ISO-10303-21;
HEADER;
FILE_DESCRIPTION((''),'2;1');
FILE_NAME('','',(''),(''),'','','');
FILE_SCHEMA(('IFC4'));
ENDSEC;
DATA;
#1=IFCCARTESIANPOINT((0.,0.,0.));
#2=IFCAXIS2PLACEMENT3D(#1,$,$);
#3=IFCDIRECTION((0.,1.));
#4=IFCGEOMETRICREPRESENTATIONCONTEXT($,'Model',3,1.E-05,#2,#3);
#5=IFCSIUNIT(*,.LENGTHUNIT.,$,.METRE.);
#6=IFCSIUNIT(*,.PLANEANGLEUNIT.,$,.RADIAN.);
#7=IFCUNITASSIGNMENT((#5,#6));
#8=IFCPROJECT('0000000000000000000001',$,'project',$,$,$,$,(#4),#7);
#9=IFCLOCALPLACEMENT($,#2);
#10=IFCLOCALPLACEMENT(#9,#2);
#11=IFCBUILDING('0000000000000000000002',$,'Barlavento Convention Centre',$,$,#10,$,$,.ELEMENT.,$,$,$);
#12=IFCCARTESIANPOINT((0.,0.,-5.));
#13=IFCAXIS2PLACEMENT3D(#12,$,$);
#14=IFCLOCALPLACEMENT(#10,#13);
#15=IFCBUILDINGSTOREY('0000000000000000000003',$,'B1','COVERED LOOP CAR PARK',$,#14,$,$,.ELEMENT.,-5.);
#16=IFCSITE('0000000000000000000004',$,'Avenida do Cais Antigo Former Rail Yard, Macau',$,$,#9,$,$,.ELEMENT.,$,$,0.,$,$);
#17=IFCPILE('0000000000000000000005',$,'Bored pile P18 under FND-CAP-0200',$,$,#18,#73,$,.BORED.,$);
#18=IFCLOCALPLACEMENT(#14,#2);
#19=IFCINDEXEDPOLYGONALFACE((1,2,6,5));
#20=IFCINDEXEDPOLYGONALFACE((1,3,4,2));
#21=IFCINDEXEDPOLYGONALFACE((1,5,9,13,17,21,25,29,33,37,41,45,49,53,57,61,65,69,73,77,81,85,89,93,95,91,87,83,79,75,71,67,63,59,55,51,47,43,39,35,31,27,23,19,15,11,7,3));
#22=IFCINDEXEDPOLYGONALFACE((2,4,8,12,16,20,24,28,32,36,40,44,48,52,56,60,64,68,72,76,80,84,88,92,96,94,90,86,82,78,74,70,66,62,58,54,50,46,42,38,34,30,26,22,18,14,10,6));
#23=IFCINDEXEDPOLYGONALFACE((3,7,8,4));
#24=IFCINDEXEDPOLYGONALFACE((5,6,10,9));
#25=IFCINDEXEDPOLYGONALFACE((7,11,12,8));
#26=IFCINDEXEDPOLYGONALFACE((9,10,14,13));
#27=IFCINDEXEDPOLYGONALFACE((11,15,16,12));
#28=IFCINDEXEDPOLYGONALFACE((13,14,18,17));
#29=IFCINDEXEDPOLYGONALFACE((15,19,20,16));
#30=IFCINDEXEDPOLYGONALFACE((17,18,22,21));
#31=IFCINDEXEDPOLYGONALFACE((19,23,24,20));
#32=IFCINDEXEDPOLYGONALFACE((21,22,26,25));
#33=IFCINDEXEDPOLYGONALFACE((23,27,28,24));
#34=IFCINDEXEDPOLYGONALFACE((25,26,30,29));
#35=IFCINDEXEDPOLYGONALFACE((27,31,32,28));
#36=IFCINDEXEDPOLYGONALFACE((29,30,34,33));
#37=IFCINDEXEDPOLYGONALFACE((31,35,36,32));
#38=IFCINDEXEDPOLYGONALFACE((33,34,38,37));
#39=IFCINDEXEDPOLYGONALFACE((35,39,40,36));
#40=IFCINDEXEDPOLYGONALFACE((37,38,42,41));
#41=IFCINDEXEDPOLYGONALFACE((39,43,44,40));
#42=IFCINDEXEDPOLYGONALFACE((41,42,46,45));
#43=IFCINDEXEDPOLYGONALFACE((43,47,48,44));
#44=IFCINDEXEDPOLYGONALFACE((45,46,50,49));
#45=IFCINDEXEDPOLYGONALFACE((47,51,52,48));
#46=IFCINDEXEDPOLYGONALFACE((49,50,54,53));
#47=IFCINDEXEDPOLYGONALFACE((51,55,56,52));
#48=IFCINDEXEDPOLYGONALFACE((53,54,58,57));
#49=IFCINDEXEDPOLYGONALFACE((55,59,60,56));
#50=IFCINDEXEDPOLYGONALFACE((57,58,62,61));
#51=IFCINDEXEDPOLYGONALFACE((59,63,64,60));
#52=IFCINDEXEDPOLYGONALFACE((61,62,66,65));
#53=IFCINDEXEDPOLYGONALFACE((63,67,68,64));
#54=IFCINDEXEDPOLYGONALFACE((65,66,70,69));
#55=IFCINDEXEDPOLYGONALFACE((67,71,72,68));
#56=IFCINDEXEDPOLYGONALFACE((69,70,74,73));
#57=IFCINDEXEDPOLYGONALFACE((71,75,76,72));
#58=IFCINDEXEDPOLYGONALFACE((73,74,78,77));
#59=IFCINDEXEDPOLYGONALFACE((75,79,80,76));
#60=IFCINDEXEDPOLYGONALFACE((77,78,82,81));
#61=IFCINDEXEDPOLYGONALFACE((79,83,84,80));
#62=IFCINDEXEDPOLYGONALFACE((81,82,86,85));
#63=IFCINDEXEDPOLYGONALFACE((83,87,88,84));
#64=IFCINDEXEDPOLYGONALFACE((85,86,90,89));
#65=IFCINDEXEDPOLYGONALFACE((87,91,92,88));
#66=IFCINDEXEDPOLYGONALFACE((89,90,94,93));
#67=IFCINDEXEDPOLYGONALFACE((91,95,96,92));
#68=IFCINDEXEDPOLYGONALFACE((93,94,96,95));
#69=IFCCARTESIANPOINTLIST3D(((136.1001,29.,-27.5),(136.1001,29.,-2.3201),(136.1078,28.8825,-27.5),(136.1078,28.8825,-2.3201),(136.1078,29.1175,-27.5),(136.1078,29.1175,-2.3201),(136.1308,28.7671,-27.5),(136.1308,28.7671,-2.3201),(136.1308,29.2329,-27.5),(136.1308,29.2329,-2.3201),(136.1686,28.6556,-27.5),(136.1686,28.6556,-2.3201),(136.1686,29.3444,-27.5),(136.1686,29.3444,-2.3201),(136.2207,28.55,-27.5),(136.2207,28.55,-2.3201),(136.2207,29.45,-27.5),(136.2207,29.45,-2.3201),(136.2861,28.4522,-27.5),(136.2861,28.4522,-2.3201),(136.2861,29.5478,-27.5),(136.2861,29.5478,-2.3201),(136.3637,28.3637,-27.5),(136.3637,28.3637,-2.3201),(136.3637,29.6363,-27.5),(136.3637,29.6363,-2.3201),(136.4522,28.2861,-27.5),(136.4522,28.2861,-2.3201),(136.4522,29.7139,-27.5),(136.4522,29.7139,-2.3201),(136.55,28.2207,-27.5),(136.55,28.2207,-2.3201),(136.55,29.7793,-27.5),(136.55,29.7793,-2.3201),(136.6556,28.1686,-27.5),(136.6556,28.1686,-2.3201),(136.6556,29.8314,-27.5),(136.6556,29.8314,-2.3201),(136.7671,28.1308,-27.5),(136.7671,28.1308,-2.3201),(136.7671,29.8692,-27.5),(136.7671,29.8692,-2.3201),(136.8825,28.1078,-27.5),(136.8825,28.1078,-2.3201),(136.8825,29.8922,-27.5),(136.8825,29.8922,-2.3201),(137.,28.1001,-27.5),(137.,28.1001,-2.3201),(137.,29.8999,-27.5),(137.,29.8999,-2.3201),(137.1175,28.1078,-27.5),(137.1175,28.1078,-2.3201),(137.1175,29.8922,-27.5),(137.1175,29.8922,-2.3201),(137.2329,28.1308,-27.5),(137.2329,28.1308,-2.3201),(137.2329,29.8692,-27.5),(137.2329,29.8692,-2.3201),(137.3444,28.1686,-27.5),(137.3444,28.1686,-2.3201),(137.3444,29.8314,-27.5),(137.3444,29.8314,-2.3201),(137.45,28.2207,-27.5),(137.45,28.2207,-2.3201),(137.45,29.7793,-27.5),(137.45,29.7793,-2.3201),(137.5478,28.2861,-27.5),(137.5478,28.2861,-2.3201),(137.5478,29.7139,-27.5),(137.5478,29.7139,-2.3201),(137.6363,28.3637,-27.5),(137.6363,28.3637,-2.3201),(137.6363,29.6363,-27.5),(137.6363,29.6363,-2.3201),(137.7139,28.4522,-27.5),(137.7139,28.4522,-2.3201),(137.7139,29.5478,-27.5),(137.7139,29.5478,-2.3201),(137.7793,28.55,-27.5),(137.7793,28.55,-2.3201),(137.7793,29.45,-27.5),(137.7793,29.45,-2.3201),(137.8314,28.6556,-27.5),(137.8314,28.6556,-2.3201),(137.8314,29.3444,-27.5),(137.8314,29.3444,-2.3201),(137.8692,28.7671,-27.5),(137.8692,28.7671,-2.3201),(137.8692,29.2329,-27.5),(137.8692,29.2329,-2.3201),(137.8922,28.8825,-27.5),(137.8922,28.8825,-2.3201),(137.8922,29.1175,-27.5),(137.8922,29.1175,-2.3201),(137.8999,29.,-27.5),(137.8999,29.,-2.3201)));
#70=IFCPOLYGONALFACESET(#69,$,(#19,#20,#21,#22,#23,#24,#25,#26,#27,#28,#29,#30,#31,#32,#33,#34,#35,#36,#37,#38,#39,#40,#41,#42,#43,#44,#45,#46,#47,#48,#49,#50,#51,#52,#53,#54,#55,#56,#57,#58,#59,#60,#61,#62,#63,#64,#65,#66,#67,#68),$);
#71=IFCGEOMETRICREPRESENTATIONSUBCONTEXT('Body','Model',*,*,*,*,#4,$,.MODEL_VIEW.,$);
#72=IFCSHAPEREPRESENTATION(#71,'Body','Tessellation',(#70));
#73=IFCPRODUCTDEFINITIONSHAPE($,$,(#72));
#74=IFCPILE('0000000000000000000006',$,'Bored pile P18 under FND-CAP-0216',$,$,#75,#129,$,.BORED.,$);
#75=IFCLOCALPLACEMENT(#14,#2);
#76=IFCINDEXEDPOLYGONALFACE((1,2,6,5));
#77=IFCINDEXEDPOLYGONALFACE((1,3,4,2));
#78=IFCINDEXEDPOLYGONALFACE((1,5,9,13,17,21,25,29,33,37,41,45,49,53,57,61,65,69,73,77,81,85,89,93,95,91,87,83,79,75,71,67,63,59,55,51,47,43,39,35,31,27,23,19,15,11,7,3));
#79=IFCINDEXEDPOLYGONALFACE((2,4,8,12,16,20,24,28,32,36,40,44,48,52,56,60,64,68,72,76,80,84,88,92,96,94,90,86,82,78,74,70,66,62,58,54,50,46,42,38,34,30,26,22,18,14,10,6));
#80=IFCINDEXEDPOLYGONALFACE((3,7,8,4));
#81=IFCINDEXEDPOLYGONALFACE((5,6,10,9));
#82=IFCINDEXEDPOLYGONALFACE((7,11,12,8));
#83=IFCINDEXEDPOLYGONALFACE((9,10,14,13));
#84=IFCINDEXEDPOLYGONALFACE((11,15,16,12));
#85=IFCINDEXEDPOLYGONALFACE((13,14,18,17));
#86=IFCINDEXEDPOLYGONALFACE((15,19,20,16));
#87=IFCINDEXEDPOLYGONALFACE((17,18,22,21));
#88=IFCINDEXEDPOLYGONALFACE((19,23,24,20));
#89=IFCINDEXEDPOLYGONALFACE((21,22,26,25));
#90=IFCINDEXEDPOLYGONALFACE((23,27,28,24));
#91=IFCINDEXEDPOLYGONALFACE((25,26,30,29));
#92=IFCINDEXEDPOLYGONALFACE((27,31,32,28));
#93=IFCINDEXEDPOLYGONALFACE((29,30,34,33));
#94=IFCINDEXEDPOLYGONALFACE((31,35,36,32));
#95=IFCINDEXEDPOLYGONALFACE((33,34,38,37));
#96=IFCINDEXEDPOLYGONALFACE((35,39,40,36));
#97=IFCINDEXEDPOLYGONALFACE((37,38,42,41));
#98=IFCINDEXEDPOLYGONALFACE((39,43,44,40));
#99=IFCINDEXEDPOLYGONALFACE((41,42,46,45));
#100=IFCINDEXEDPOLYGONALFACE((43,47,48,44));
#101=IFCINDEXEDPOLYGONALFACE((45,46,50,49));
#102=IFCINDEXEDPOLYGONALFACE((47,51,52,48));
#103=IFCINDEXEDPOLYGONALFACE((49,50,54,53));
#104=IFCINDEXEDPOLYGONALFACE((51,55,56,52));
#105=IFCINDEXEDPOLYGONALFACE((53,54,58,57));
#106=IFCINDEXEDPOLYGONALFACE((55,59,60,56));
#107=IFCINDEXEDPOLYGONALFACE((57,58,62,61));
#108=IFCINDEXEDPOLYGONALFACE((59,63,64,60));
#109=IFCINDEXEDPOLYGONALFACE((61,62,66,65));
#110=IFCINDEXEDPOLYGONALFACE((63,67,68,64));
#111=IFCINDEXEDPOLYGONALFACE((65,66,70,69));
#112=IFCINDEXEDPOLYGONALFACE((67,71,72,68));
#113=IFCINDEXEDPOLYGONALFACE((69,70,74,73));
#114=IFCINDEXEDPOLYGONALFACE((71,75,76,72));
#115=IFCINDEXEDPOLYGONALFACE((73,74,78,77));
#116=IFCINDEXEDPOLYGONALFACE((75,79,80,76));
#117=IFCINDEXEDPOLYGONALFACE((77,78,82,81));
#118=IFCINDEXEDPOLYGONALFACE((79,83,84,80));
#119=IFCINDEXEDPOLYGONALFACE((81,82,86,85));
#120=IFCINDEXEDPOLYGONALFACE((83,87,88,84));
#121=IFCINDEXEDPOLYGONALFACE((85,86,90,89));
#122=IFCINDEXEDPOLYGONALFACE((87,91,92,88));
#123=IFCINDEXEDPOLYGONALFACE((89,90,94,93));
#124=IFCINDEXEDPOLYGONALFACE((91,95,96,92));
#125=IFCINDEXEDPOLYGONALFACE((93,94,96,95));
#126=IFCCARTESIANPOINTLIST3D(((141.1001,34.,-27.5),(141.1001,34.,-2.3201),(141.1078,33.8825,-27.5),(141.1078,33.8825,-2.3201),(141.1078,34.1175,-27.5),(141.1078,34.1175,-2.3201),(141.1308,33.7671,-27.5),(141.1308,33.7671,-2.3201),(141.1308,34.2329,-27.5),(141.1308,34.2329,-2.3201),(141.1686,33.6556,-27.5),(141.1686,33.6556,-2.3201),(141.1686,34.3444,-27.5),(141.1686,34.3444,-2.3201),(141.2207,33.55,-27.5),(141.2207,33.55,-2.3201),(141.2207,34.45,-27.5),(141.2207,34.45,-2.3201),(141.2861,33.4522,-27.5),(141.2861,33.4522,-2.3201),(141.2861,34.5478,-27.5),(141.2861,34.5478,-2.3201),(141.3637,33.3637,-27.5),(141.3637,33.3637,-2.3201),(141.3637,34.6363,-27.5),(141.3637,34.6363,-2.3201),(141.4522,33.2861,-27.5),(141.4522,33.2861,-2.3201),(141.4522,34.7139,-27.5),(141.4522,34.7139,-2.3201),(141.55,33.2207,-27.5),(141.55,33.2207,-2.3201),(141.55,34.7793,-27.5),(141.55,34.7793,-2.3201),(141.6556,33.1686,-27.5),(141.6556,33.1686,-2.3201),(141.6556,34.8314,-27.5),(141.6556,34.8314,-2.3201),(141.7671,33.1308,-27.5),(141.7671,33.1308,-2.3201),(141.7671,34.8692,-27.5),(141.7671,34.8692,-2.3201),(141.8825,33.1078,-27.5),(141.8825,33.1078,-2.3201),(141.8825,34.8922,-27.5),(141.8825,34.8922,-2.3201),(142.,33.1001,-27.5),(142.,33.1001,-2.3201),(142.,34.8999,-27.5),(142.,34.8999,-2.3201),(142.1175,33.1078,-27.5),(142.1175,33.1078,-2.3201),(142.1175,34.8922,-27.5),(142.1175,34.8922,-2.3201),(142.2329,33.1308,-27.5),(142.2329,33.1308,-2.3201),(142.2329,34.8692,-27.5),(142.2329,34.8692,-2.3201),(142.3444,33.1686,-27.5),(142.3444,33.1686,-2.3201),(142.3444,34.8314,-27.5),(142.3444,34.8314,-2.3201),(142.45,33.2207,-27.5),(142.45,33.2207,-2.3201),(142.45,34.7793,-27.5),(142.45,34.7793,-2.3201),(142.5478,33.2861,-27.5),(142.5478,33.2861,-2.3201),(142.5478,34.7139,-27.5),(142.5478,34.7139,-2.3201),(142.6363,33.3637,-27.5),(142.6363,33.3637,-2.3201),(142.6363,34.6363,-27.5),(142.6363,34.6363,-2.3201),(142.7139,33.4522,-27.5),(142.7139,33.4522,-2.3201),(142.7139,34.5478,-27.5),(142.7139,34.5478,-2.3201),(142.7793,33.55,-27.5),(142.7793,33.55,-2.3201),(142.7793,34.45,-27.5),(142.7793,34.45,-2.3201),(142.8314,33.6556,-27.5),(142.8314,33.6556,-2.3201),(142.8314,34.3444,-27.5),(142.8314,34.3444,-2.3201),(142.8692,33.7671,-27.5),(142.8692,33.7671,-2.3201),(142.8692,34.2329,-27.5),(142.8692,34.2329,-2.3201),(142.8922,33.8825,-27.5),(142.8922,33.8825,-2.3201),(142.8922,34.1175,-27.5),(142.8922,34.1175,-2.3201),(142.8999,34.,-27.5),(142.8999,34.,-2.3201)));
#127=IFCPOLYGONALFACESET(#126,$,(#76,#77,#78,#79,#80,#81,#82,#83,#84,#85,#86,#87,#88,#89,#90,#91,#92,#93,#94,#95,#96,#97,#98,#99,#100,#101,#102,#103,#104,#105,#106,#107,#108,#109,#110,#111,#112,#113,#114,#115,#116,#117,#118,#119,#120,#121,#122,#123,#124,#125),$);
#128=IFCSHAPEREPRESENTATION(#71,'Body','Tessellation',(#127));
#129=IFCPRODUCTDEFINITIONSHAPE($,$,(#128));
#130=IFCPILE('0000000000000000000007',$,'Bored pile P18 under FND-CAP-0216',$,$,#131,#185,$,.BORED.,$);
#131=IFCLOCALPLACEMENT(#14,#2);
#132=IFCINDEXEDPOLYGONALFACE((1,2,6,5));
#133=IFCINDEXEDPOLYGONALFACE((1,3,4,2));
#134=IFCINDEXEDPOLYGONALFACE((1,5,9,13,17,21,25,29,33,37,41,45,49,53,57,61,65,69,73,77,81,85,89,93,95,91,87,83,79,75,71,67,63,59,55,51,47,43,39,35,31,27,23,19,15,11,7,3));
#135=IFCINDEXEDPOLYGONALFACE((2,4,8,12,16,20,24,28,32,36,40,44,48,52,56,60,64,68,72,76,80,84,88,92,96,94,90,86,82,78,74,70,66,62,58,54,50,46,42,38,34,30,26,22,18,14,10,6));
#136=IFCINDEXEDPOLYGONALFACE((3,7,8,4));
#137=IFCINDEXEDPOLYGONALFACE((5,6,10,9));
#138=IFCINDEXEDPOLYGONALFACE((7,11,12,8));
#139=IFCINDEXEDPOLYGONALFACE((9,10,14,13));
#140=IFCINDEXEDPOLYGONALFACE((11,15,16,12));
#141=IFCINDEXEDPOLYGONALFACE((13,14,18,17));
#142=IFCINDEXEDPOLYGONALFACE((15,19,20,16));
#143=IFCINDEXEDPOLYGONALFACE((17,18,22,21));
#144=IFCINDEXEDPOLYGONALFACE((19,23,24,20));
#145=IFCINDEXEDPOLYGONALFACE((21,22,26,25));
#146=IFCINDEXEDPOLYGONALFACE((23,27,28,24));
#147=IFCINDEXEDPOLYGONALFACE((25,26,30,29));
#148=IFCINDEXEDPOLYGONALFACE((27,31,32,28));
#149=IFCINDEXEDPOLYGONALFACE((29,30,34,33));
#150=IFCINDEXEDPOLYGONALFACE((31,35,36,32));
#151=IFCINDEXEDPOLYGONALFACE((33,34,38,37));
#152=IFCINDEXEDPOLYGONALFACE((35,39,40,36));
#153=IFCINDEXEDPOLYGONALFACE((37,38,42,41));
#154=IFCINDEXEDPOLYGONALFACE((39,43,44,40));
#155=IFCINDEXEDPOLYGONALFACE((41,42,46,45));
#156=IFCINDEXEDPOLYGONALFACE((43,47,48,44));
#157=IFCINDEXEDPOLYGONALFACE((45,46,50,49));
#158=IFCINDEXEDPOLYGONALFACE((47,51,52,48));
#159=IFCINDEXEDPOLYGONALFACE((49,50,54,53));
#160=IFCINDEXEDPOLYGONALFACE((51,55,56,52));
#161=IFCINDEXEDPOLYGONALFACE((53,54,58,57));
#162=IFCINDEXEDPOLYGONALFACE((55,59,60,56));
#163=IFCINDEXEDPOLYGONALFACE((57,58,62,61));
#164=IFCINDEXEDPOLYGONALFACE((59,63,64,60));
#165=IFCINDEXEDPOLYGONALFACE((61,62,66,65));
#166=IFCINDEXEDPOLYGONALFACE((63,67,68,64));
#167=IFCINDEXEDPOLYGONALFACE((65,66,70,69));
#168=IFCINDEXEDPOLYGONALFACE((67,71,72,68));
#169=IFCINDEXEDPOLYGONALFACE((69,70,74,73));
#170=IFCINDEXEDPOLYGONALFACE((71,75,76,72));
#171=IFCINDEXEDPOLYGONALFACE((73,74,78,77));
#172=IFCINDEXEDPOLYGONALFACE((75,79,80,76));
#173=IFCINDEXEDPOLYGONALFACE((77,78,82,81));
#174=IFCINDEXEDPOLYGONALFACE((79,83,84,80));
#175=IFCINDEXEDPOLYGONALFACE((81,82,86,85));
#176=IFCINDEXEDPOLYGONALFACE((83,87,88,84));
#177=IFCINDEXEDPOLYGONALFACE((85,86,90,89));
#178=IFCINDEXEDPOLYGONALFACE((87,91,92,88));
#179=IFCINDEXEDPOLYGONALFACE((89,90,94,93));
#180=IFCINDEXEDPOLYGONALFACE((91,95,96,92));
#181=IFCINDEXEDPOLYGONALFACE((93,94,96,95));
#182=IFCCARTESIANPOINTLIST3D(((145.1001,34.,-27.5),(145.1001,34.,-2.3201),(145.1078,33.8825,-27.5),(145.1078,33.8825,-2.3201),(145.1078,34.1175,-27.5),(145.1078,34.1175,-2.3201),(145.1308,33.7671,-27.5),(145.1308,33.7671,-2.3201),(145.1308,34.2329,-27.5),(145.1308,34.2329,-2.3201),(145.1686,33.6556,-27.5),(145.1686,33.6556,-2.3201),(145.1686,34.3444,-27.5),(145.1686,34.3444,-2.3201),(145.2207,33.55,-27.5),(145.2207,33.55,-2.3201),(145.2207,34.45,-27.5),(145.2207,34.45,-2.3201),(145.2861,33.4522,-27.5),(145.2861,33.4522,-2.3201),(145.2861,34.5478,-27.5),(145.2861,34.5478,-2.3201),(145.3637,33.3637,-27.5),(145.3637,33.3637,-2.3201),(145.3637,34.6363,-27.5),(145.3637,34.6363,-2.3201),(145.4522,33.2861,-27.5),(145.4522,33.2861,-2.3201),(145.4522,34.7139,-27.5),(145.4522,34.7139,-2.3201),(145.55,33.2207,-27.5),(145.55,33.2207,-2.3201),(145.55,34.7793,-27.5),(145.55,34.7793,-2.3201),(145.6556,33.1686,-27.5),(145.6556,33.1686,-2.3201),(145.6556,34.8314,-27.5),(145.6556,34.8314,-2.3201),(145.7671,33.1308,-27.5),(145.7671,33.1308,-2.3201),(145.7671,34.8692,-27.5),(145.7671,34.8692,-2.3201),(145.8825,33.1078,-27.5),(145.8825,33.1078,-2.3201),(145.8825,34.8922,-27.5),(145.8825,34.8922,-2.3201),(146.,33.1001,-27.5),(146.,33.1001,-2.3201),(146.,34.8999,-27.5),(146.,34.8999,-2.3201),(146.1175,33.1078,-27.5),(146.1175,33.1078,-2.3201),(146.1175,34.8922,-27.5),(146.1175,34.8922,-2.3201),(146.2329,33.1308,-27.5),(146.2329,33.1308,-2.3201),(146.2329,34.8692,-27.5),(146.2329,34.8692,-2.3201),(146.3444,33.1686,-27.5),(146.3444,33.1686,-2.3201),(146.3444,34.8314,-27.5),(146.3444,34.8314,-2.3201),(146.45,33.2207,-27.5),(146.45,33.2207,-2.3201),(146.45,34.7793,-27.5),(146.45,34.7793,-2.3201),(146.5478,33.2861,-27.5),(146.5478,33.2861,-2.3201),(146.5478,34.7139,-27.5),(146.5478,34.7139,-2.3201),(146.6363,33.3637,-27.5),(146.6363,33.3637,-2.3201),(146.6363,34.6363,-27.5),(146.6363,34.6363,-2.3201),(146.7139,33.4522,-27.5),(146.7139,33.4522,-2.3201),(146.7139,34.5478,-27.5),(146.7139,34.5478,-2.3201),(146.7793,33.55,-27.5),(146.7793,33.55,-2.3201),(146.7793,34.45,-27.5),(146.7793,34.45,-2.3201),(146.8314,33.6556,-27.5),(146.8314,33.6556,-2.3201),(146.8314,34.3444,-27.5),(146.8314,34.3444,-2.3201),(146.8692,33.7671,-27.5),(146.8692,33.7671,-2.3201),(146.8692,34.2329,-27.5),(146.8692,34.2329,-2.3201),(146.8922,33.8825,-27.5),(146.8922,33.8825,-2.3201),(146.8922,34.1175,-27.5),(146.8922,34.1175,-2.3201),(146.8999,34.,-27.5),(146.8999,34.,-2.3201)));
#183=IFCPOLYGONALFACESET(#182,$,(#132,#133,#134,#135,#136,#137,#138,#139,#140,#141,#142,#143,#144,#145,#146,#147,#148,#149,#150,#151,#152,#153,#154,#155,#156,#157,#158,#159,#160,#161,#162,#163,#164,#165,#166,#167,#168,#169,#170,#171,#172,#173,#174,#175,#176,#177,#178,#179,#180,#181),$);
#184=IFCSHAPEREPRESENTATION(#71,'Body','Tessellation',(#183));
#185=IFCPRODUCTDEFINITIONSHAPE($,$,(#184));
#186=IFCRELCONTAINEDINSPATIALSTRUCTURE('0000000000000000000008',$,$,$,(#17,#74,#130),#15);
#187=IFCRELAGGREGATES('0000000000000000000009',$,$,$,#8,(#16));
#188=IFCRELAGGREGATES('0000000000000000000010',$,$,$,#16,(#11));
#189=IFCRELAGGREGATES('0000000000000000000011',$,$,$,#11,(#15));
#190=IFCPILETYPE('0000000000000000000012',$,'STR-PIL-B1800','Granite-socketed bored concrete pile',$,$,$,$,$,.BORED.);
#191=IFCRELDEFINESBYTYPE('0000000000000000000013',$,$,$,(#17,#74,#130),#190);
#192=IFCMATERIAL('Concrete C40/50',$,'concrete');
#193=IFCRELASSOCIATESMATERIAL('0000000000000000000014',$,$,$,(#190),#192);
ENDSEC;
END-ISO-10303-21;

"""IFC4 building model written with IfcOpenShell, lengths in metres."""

from ifc_helpers import new_model, si_unit, direction, frame, origin, origin_2d, place, context, subcontext, project, spatial, circle, extrude, material, material_profile, profile_set, type_object, element, save


model = new_model("IFC4")

# Units and contexts
model_context = context("Model", 3, precision=1e-05, world=origin(), true_north=direction((0.0, 1.0)))
body_context = subcontext(model_context, "Body", "Model", "MODEL_VIEW")
ifc_project = project(units=[si_unit("LENGTHUNIT", "METRE"), si_unit("PLANEANGLEUNIT", "RADIAN")], contexts=[model_context])

# Site, building, storey
site_placement = place(None, origin())
site = spatial("IfcSite", under=ifc_project, at=site_placement, Name="Avenida do Cais Antigo Former Rail Yard, Macau", CompositionType="ELEMENT", RefElevation=0.0)
building_placement = place(site_placement, origin())
building = spatial("IfcBuilding", under=site, at=building_placement, Name="Barlavento Convention Centre", CompositionType="ELEMENT")
storey_placement = place(building_placement, frame((0.0, 0.0, -5.0)))
storey = spatial("IfcBuildingStorey", under=building, at=storey_placement, Name="B1", Description="COVERED LOOP CAR PARK", CompositionType="ELEMENT", Elevation=-5.0)

# Shared definitions
ifc_material_1 = material(Name="Concrete C40/50", Category="concrete")

# Piles
ifc_material_profile_1 = material_profile(ifc_material_1, circle(Radius=0.8999, at=origin_2d()), Name="BORED PILE 1800")
ifc_profile_set_1 = profile_set([ifc_material_profile_1], Name="Concrete C40/50")
pile_type_1 = type_object("IfcPileType", Name="STR-PIL-B1800", Description="Granite-socketed bored concrete pile", PredefinedType="BORED", material=ifc_profile_set_1)
for number, where, z_axis, x_axis, name in (
    (1, (137.0, 29.0, -2.3201), (0.0, 0.0, -1.0), (1.0, 0.0, 0.0), "Bored pile P18 under FND-CAP-0200"),
    (2, (142.0, 34.0, -2.3201), (0.0, 0.0, -1.0), (1.0, 0.0, 0.0), "Bored pile P18 under FND-CAP-0216"),
    (3, (146.0, 34.0, -2.3201), (0.0, 0.0, -1.0), (1.0, 0.0, 0.0), "Bored pile P18 under FND-CAP-0216"),
):
    element("IfcPile", number, at=place(storey_placement, frame(where, z_axis=z_axis, x_axis=x_axis)), inside=storey, type_object=pile_type_1, Name=name, PredefinedType="BORED", context=body_context, shape_type="SweptSolid", body=[
        extrude(circle(Radius=0.8999, at=origin_2d()), origin(), (0.0, 0.0, 1.0), 25.1799),
    ])

save(model, "model.ifc")
